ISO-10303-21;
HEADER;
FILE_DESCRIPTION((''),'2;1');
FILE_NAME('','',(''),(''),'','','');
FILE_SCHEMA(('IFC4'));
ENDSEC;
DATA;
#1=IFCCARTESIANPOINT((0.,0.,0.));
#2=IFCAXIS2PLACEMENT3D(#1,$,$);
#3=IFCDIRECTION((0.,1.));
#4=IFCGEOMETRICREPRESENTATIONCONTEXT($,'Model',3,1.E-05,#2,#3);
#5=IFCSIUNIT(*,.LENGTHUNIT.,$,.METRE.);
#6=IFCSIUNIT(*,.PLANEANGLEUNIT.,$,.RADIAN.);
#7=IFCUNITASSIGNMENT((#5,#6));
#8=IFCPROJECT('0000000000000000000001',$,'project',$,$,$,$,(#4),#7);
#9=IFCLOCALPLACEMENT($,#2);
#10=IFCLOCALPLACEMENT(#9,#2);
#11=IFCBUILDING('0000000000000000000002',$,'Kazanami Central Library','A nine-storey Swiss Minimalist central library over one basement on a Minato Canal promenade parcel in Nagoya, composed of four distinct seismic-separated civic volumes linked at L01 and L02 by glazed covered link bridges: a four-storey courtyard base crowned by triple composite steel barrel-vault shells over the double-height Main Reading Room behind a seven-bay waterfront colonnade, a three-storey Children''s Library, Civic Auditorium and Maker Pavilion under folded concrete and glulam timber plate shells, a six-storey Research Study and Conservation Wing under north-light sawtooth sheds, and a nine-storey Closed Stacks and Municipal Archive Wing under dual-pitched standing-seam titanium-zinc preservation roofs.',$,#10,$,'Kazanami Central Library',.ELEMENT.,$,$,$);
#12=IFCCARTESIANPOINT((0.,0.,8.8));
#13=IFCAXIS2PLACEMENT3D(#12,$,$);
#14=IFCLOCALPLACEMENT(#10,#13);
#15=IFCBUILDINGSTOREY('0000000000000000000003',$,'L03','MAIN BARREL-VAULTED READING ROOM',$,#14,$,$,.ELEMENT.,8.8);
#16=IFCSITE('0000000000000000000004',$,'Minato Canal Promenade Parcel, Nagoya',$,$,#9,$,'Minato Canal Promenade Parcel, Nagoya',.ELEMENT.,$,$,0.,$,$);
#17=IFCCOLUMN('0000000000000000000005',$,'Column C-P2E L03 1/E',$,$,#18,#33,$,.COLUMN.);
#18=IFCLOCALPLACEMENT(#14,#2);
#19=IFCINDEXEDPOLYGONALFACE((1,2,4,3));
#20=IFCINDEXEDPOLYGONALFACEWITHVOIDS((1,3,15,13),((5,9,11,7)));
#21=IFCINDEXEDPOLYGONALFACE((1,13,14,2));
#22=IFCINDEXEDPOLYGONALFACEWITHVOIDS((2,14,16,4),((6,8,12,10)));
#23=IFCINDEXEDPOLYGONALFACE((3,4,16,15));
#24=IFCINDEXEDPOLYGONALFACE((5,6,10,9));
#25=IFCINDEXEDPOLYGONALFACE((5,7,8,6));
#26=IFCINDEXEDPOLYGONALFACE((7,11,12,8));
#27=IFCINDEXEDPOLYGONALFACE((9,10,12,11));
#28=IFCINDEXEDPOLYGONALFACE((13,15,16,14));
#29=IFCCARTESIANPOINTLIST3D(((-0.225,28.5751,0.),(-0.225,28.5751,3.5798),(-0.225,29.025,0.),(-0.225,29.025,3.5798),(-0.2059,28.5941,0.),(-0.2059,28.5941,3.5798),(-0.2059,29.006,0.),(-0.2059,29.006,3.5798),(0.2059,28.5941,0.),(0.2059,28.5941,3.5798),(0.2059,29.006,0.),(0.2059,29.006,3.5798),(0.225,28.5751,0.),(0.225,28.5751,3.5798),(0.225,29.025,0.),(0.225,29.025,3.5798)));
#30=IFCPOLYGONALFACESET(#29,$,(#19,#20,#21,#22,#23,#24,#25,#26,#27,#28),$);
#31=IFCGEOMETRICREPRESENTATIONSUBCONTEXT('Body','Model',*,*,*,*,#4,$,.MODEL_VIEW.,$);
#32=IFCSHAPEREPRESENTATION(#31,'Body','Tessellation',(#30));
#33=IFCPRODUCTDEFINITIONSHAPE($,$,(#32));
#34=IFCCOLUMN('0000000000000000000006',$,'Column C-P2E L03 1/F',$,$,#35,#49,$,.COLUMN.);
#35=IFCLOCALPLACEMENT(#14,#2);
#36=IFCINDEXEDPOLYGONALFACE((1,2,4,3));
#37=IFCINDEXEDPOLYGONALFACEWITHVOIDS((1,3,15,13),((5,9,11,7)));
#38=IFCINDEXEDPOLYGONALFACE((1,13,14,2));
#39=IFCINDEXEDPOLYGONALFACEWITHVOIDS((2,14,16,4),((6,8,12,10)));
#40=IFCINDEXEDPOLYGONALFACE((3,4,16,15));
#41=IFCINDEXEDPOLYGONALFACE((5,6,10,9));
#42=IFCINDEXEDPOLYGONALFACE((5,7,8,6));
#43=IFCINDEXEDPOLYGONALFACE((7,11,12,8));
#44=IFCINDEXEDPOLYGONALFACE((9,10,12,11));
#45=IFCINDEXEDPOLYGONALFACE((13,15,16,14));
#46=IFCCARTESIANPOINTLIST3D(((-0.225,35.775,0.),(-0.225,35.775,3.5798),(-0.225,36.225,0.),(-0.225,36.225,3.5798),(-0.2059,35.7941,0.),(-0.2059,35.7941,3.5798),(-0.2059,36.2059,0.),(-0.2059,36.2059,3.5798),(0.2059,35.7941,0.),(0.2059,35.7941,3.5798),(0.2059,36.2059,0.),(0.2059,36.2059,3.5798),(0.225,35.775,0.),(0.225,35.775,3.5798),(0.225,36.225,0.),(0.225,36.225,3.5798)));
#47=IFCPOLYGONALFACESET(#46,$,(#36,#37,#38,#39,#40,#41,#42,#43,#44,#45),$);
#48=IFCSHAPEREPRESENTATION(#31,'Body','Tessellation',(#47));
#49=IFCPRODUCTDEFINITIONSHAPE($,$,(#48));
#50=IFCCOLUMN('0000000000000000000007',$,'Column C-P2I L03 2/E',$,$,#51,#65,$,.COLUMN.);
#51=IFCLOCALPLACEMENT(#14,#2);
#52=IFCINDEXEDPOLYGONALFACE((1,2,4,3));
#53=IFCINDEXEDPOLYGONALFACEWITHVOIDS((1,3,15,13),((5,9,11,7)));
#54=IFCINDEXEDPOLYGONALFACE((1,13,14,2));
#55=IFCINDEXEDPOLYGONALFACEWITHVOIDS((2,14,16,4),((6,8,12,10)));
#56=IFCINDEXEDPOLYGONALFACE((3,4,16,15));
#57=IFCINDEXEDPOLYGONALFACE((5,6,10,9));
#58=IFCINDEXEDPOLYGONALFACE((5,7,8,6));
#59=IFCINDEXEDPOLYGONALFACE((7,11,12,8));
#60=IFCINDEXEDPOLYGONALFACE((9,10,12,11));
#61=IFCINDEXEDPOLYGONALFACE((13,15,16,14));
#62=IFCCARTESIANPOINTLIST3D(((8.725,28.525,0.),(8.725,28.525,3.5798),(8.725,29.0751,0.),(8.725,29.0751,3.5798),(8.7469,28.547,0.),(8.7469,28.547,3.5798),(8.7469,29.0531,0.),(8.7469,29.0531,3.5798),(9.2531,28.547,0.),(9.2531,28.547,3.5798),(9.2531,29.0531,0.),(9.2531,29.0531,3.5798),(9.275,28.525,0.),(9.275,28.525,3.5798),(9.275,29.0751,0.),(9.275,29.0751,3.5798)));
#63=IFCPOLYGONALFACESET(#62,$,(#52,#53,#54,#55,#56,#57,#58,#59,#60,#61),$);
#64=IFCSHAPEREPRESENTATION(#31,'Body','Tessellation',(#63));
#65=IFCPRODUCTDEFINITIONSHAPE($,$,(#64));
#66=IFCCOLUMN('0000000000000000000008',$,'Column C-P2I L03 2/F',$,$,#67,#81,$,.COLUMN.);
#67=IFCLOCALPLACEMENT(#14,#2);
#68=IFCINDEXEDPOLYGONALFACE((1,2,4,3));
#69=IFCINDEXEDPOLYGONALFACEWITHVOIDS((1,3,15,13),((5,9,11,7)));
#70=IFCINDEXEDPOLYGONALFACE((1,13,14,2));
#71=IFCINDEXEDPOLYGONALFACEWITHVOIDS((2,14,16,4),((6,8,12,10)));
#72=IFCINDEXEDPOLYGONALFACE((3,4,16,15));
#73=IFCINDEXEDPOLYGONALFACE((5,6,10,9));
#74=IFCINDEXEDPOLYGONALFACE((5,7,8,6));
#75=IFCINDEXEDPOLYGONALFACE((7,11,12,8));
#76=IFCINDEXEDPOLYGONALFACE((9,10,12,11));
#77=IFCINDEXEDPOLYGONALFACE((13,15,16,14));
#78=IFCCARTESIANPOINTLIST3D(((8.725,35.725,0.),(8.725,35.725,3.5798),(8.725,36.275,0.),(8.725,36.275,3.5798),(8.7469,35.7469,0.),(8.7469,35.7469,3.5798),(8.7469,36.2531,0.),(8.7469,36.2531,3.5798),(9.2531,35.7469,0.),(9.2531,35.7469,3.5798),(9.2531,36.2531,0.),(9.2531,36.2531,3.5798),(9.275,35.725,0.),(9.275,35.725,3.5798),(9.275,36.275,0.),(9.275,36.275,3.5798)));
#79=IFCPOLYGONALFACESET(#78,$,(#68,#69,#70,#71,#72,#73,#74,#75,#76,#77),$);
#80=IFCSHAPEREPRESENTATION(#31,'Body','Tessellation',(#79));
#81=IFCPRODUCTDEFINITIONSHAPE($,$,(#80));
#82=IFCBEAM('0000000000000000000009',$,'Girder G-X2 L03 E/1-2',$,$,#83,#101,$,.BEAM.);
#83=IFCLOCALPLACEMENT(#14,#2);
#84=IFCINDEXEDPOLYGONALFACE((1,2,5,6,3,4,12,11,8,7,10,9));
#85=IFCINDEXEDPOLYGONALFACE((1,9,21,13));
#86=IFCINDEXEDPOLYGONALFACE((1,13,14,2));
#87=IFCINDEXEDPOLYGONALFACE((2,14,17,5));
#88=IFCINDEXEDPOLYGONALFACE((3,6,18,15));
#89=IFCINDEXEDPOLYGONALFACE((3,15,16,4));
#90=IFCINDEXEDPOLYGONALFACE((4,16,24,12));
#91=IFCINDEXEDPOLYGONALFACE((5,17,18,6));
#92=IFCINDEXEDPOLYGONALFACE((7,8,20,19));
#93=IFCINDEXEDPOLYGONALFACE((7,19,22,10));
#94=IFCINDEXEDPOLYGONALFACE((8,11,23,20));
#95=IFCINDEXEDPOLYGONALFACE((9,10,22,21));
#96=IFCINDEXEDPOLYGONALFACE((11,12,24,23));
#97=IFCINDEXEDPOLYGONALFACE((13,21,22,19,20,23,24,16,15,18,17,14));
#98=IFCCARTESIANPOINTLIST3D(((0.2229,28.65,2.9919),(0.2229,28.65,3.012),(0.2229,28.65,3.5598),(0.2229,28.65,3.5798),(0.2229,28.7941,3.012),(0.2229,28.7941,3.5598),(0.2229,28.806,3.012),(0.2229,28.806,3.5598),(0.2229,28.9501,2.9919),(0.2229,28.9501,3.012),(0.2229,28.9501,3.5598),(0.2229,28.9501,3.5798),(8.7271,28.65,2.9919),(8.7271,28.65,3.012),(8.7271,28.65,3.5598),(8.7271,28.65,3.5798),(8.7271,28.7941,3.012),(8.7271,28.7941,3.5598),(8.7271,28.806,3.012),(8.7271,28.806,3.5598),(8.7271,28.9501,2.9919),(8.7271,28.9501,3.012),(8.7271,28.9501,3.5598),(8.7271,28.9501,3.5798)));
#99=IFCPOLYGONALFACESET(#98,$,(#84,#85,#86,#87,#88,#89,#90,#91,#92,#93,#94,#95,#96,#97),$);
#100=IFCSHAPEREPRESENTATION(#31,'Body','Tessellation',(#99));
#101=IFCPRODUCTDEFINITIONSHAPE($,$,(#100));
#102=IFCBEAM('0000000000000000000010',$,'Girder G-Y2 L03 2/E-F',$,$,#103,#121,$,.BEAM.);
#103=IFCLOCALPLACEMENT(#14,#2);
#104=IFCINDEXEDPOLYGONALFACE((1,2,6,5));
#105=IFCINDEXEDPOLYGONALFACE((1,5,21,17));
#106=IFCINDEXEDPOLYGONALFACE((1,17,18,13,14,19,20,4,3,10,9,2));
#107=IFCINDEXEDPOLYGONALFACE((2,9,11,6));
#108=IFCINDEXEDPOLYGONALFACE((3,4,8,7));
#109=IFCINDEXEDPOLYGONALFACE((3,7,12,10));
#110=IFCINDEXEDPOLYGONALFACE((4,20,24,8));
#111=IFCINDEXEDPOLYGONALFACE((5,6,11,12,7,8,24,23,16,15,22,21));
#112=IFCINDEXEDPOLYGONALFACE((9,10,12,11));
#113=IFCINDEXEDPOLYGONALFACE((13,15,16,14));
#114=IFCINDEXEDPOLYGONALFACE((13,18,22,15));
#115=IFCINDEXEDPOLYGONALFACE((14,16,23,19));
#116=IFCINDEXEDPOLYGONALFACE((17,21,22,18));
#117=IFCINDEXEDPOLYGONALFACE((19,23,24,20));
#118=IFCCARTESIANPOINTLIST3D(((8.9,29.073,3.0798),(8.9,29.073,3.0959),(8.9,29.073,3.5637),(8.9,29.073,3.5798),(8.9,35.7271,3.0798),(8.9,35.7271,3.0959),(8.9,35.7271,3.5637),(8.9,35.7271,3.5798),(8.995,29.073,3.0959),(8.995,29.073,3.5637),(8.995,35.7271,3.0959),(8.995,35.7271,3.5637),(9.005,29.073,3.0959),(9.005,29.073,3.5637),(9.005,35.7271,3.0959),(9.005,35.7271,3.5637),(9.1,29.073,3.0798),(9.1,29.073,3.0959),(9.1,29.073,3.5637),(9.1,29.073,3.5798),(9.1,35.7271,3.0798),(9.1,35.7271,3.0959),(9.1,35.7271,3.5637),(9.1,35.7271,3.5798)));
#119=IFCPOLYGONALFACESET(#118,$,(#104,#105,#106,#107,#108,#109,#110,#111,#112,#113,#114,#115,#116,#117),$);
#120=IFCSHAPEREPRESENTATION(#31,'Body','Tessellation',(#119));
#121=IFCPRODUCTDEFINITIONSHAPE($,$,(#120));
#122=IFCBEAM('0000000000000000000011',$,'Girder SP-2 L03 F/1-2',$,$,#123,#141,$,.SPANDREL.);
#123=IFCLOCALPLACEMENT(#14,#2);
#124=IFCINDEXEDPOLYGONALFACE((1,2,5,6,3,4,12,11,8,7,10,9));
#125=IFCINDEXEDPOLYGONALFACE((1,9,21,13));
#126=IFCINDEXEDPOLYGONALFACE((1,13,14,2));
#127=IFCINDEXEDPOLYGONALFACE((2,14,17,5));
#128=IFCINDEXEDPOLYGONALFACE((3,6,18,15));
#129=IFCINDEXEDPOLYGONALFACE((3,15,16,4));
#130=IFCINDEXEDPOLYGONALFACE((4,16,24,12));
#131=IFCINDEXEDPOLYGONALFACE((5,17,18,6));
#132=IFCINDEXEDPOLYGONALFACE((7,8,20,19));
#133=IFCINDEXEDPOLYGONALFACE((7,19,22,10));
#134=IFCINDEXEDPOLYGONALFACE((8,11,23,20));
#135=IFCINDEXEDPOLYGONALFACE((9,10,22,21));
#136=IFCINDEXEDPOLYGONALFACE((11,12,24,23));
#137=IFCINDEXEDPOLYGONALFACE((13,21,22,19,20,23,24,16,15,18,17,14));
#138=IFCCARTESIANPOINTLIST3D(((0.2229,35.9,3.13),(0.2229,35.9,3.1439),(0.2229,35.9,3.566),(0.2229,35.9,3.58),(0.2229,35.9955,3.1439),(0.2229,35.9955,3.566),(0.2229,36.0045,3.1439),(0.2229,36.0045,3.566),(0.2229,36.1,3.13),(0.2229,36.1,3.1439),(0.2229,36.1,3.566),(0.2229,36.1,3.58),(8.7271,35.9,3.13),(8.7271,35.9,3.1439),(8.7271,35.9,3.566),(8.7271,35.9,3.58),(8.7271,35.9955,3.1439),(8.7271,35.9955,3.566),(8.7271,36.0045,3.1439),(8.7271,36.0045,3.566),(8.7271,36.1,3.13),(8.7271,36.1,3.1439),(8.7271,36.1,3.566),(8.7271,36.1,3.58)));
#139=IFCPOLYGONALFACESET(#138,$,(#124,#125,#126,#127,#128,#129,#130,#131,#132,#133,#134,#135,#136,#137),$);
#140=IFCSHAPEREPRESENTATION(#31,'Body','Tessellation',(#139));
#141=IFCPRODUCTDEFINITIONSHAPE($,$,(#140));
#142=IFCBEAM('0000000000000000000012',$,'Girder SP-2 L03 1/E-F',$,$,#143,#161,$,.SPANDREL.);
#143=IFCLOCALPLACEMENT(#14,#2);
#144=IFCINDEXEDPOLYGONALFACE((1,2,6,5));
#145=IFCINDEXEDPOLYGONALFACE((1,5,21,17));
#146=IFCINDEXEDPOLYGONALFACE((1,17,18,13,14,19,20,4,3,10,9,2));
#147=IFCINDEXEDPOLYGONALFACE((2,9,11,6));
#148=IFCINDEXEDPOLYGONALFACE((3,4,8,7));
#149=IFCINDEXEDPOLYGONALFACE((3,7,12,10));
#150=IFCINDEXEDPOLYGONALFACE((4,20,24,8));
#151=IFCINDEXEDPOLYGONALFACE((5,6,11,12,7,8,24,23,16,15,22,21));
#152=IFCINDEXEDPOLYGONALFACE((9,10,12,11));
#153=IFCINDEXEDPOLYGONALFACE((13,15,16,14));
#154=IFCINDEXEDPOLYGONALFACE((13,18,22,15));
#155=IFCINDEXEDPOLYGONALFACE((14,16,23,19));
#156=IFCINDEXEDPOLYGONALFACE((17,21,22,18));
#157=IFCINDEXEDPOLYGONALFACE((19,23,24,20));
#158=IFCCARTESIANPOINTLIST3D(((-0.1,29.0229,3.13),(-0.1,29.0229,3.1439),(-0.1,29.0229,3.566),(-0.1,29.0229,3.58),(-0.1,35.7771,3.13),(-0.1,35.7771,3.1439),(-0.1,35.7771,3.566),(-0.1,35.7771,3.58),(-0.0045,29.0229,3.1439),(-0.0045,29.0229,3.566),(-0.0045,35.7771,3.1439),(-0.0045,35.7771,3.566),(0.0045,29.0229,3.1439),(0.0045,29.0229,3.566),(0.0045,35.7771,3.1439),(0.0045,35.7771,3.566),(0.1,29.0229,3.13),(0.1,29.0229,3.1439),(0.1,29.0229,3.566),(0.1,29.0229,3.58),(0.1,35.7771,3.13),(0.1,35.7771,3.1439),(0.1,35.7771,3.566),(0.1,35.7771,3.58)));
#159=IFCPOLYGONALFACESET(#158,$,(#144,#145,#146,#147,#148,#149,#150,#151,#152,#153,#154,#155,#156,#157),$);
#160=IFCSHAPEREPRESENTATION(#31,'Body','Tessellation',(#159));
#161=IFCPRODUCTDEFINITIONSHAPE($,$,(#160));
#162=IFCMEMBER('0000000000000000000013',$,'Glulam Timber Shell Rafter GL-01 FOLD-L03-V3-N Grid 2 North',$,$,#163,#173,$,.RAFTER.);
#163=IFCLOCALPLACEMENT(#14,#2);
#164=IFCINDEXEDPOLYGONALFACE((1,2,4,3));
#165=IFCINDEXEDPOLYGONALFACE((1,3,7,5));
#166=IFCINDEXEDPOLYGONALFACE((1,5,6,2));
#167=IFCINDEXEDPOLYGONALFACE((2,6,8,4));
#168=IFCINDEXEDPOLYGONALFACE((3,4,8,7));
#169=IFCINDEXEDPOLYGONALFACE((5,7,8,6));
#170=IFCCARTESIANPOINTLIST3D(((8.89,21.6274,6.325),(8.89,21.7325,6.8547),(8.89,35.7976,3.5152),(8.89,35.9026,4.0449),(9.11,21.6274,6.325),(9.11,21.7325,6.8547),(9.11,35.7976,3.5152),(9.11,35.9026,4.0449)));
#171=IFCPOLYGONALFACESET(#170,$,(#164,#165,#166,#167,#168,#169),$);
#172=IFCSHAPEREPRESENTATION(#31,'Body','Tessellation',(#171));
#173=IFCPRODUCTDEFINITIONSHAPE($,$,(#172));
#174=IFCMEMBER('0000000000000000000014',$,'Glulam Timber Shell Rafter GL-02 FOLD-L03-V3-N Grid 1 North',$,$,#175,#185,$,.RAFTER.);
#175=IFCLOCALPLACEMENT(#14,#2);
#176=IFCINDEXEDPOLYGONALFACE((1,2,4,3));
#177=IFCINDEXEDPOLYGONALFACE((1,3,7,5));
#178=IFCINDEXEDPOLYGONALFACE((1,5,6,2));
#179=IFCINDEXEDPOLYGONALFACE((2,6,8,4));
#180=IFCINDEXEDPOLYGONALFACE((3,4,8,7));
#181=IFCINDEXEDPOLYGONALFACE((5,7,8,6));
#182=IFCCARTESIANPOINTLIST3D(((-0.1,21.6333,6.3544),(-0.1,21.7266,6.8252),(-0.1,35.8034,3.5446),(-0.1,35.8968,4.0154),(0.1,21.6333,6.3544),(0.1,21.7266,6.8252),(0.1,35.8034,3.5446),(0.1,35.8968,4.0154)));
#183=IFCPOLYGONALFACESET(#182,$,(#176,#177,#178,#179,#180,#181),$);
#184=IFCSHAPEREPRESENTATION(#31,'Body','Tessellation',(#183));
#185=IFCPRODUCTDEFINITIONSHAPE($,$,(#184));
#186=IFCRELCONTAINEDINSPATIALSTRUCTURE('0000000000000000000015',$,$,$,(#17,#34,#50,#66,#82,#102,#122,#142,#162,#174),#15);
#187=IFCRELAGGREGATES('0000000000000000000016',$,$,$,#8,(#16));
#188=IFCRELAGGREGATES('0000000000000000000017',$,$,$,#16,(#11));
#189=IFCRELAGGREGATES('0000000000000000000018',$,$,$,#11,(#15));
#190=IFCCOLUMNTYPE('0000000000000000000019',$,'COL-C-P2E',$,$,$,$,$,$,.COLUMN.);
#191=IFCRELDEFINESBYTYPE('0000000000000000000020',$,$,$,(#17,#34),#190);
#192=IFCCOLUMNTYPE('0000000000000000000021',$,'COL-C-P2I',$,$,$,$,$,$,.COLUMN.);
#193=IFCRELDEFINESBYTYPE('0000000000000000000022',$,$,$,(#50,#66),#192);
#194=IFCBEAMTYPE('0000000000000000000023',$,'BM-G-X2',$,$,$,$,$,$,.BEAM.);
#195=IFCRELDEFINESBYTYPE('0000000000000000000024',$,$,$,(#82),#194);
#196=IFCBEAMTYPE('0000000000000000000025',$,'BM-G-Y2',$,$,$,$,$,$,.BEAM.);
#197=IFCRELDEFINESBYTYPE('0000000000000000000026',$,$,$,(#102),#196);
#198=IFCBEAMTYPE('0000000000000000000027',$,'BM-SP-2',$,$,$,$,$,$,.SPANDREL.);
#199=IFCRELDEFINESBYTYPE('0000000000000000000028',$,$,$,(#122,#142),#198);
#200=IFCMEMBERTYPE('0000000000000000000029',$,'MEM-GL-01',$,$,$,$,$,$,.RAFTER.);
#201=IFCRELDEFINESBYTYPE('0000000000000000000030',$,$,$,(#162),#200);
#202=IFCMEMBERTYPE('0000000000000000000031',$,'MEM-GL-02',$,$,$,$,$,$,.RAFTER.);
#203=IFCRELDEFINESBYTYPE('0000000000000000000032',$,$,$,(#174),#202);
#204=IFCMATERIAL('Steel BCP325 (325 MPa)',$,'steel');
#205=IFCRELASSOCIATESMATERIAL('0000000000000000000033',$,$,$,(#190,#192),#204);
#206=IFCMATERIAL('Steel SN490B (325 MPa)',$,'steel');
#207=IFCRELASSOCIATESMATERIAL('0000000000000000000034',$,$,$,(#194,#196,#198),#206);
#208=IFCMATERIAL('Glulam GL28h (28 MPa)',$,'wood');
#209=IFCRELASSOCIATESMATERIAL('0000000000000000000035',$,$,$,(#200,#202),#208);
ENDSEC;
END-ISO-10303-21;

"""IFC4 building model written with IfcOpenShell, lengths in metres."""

from ifc_helpers import new_model, si_unit, direction, frame, origin, origin_2d, place, context, subcontext, project, spatial, rectangle, hollow_rectangle, i_section, extrude, material, material_profile, profile_set, type_object, element, save


model = new_model("IFC4")

# Units and contexts
model_context = context("Model", 3, precision=1e-05, world=origin(), true_north=direction((0.0, 1.0)))
body_context = subcontext(model_context, "Body", "Model", "MODEL_VIEW")
ifc_project = project(units=[si_unit("LENGTHUNIT", "METRE"), si_unit("PLANEANGLEUNIT", "RADIAN")], contexts=[model_context])

# Site, building, storey
site_placement = place(None, origin())
site = spatial("IfcSite", under=ifc_project, at=site_placement, Name="Minato Canal Promenade Parcel, Nagoya", LongName="Minato Canal Promenade Parcel, Nagoya", CompositionType="ELEMENT", RefElevation=0.0)
building_placement = place(site_placement, origin())
building = spatial("IfcBuilding", under=site, at=building_placement, Name="Kazanami Central Library", Description="A nine-storey Swiss Minimalist central library over one basement on a Minato Canal promenade parcel in Nagoya, composed of four distinct seismic-separated civic volumes linked at L01 and L02 by glazed covered link bridges: a four-storey courtyard base crowned by triple composite steel barrel-vault shells over the double-height Main Reading Room behind a seven-bay waterfront colonnade, a three-storey Children's Library, Civic Auditorium and Maker Pavilion under folded concrete and glulam timber plate shells, a six-storey Research Study and Conservation Wing under north-light sawtooth sheds, and a nine-storey Closed Stacks and Municipal Archive Wing under dual-pitched standing-seam titanium-zinc preservation roofs.", LongName="Kazanami Central Library", CompositionType="ELEMENT")
storey_placement = place(building_placement, frame((0.0, 0.0, 8.8)))
storey = spatial("IfcBuildingStorey", under=building, at=storey_placement, Name="L03", Description="MAIN BARREL-VAULTED READING ROOM", CompositionType="ELEMENT", Elevation=8.8)

# Columns
ifc_material_1 = material(Name="Steel BCP325 (325 MPa)", Category="steel")
ifc_material_profile_1 = material_profile(ifc_material_1, hollow_rectangle(XDim=0.45, YDim=0.45, WallThickness=0.019, at=origin_2d()), Name="BCP-450x450x19")
ifc_profile_set_1 = profile_set([ifc_material_profile_1], Name="Steel BCP325 (325 MPa)")
column_type_1 = type_object("IfcColumnType", Name="COL-C-P2E", PredefinedType="COLUMN", material=ifc_profile_set_1)
for number, where, z_axis, x_axis, name in (
    (1, (0.0, 28.8, 0.0), (0.0, 0.0, 1.0), (1.0, 0.0, 0.0), "Column C-P2E L03 1/E"),
    (2, (0.0, 36.0, 0.0), (0.0, 0.0, 1.0), (1.0, 0.0, 0.0), "Column C-P2E L03 1/F"),
):
    element("IfcColumn", number, at=place(storey_placement, frame(where, z_axis=z_axis, x_axis=x_axis)), inside=storey, type_object=column_type_1, Name=name, PredefinedType="COLUMN", context=body_context, shape_type="SweptSolid", body=[
        extrude(hollow_rectangle(XDim=0.45, YDim=0.45, WallThickness=0.019, at=origin_2d()), origin(), (0.0, 0.0, 1.0), 3.5798),
    ])
ifc_material_profile_2 = material_profile(ifc_material_1, hollow_rectangle(XDim=0.55, YDim=0.55, WallThickness=0.022, at=origin_2d()), Name="BCP-550x550x22")
ifc_profile_set_2 = profile_set([ifc_material_profile_2], Name="Steel BCP325 (325 MPa)")
column_type_2 = type_object("IfcColumnType", Name="COL-C-P2I", PredefinedType="COLUMN", material=ifc_profile_set_2)
for number, where, z_axis, x_axis, name in (
    (3, (9.0, 28.8, 0.0), (0.0, 0.0, 1.0), (1.0, 0.0, 0.0), "Column C-P2I L03 2/E"),
    (4, (9.0, 36.0, 0.0), (0.0, 0.0, 1.0), (1.0, 0.0, 0.0), "Column C-P2I L03 2/F"),
):
    element("IfcColumn", number, at=place(storey_placement, frame(where, z_axis=z_axis, x_axis=x_axis)), inside=storey, type_object=column_type_2, Name=name, PredefinedType="COLUMN", context=body_context, shape_type="SweptSolid", body=[
        extrude(hollow_rectangle(XDim=0.55, YDim=0.55, WallThickness=0.022, at=origin_2d()), origin(), (0.0, 0.0, 1.0), 3.5798),
    ])

# Beams
ifc_material_2 = material(Name="Steel SN490B (325 MPa)", Category="steel")
ifc_material_profile_3 = material_profile(ifc_material_2, i_section(OverallWidth=0.3, OverallDepth=0.5879, WebThickness=0.012, FlangeThickness=0.02, at=origin_2d()), Name="H-588x300x12x20")
ifc_profile_set_3 = profile_set([ifc_material_profile_3], Name="Steel SN490B (325 MPa)")
beam_type_1 = type_object("IfcBeamType", Name="BM-G-X2", PredefinedType="BEAM", material=ifc_profile_set_3)
beam_1_placement = place(storey_placement, frame((0.2229, 28.8, 3.2859), z_axis=(1.0, 0.0, 0.0), x_axis=(0.0, 1.0, 0.0)))
element("IfcBeam", 5, at=beam_1_placement, inside=storey, type_object=beam_type_1, Name="Girder G-X2 L03 E/1-2", PredefinedType="BEAM", context=body_context, shape_type="SweptSolid", body=[
    extrude(i_section(OverallWidth=0.3, OverallDepth=0.5879, WebThickness=0.012, FlangeThickness=0.02, at=origin_2d()), origin(), (0.0, 0.0, 1.0), 8.5042),
])
ifc_material_profile_4 = material_profile(ifc_material_2, i_section(OverallWidth=0.2, OverallDepth=0.5, WebThickness=0.01, FlangeThickness=0.0161, at=origin_2d()), Name="H-500x200x10x16")
ifc_profile_set_4 = profile_set([ifc_material_profile_4], Name="Steel SN490B (325 MPa)")
beam_type_2 = type_object("IfcBeamType", Name="BM-G-Y2", PredefinedType="BEAM", material=ifc_profile_set_4)
beam_2_placement = place(storey_placement, frame((9.0, 29.073, 3.3298), z_axis=(0.0, 1.0, 0.0), x_axis=(-1.0, 0.0, 0.0)))
element("IfcBeam", 6, at=beam_2_placement, inside=storey, type_object=beam_type_2, Name="Girder G-Y2 L03 2/E-F", PredefinedType="BEAM", context=body_context, shape_type="SweptSolid", body=[
    extrude(i_section(OverallWidth=0.2, OverallDepth=0.5, WebThickness=0.01, FlangeThickness=0.0161, at=origin_2d()), origin(), (0.0, 0.0, 1.0), 6.6541),
])
ifc_material_profile_5 = material_profile(ifc_material_2, i_section(OverallWidth=0.2, OverallDepth=0.45, WebThickness=0.009, FlangeThickness=0.0139, at=origin_2d()), Name="H-450x200x9x14")
ifc_profile_set_5 = profile_set([ifc_material_profile_5], Name="Steel SN490B (325 MPa)")
beam_type_3 = type_object("IfcBeamType", Name="BM-SP-2", PredefinedType="SPANDREL", material=ifc_profile_set_5)
beam_3_placement = place(storey_placement, frame((0.2229, 36.0, 3.355), z_axis=(1.0, 0.0, 0.0), x_axis=(0.0, 1.0, 0.0)))
element("IfcBeam", 7, at=beam_3_placement, inside=storey, type_object=beam_type_3, Name="Girder SP-2 L03 F/1-2", PredefinedType="SPANDREL", context=body_context, shape_type="SweptSolid", body=[
    extrude(i_section(OverallWidth=0.2, OverallDepth=0.45, WebThickness=0.009, FlangeThickness=0.0139, at=origin_2d()), origin(), (0.0, 0.0, 1.0), 8.5042),
])
beam_4_placement = place(storey_placement, frame((0.0, 29.0229, 3.355), z_axis=(0.0, 1.0, 0.0), x_axis=(-1.0, 0.0, 0.0)))
element("IfcBeam", 8, at=beam_4_placement, inside=storey, type_object=beam_type_3, Name="Girder SP-2 L03 1/E-F", PredefinedType="SPANDREL", context=body_context, shape_type="SweptSolid", body=[
    extrude(i_section(OverallWidth=0.2, OverallDepth=0.45, WebThickness=0.009, FlangeThickness=0.0139, at=origin_2d()), origin(), (0.0, 0.0, 1.0), 6.7542),
])

# Members
ifc_material_3 = material(Name="Glulam GL28h (28 MPa)", Category="wood")
ifc_material_profile_6 = material_profile(ifc_material_3, rectangle(XDim=0.22, YDim=0.54, at=origin_2d()), Name="GL28h-220x540")
ifc_profile_set_6 = profile_set([ifc_material_profile_6], Name="Glulam GL28h (28 MPa)")
member_type_1 = type_object("IfcMemberType", Name="MEM-GL-01", PredefinedType="RAFTER", material=ifc_profile_set_6)
member_1_placement = place(storey_placement, frame((9.0, 35.8501, 3.78), z_axis=(0.0, -0.980902, 0.194504), x_axis=(1.0, 0.0, 0.0)))
element("IfcMember", 9, at=member_1_placement, inside=storey, type_object=member_type_1, Name="Glulam Timber Shell Rafter GL-01 FOLD-L03-V3-N Grid 2 North", PredefinedType="RAFTER", context=body_context, shape_type="SweptSolid", body=[
    extrude(rectangle(XDim=0.22, YDim=0.54, at=origin_2d()), origin(), (0.0, 0.0, 1.0), 14.446),
])
ifc_material_profile_7 = material_profile(ifc_material_3, rectangle(XDim=0.2, YDim=0.48, at=origin_2d()), Name="GL28h-200x480")
ifc_profile_set_7 = profile_set([ifc_material_profile_7], Name="Glulam GL28h (28 MPa)")
member_type_2 = type_object("IfcMemberType", Name="MEM-GL-02", PredefinedType="RAFTER", material=ifc_profile_set_7)
member_2_placement = place(storey_placement, frame((0.0, 35.8501, 3.78), z_axis=(0.0, -0.980902, 0.194504), x_axis=(1.0, 0.0, 0.0)))
element("IfcMember", 10, at=member_2_placement, inside=storey, type_object=member_type_2, Name="Glulam Timber Shell Rafter GL-02 FOLD-L03-V3-N Grid 1 North", PredefinedType="RAFTER", context=body_context, shape_type="SweptSolid", body=[
    extrude(rectangle(XDim=0.2, YDim=0.48, at=origin_2d()), origin(), (0.0, 0.0, 1.0), 14.446),
])

save(model, "model.ifc")
